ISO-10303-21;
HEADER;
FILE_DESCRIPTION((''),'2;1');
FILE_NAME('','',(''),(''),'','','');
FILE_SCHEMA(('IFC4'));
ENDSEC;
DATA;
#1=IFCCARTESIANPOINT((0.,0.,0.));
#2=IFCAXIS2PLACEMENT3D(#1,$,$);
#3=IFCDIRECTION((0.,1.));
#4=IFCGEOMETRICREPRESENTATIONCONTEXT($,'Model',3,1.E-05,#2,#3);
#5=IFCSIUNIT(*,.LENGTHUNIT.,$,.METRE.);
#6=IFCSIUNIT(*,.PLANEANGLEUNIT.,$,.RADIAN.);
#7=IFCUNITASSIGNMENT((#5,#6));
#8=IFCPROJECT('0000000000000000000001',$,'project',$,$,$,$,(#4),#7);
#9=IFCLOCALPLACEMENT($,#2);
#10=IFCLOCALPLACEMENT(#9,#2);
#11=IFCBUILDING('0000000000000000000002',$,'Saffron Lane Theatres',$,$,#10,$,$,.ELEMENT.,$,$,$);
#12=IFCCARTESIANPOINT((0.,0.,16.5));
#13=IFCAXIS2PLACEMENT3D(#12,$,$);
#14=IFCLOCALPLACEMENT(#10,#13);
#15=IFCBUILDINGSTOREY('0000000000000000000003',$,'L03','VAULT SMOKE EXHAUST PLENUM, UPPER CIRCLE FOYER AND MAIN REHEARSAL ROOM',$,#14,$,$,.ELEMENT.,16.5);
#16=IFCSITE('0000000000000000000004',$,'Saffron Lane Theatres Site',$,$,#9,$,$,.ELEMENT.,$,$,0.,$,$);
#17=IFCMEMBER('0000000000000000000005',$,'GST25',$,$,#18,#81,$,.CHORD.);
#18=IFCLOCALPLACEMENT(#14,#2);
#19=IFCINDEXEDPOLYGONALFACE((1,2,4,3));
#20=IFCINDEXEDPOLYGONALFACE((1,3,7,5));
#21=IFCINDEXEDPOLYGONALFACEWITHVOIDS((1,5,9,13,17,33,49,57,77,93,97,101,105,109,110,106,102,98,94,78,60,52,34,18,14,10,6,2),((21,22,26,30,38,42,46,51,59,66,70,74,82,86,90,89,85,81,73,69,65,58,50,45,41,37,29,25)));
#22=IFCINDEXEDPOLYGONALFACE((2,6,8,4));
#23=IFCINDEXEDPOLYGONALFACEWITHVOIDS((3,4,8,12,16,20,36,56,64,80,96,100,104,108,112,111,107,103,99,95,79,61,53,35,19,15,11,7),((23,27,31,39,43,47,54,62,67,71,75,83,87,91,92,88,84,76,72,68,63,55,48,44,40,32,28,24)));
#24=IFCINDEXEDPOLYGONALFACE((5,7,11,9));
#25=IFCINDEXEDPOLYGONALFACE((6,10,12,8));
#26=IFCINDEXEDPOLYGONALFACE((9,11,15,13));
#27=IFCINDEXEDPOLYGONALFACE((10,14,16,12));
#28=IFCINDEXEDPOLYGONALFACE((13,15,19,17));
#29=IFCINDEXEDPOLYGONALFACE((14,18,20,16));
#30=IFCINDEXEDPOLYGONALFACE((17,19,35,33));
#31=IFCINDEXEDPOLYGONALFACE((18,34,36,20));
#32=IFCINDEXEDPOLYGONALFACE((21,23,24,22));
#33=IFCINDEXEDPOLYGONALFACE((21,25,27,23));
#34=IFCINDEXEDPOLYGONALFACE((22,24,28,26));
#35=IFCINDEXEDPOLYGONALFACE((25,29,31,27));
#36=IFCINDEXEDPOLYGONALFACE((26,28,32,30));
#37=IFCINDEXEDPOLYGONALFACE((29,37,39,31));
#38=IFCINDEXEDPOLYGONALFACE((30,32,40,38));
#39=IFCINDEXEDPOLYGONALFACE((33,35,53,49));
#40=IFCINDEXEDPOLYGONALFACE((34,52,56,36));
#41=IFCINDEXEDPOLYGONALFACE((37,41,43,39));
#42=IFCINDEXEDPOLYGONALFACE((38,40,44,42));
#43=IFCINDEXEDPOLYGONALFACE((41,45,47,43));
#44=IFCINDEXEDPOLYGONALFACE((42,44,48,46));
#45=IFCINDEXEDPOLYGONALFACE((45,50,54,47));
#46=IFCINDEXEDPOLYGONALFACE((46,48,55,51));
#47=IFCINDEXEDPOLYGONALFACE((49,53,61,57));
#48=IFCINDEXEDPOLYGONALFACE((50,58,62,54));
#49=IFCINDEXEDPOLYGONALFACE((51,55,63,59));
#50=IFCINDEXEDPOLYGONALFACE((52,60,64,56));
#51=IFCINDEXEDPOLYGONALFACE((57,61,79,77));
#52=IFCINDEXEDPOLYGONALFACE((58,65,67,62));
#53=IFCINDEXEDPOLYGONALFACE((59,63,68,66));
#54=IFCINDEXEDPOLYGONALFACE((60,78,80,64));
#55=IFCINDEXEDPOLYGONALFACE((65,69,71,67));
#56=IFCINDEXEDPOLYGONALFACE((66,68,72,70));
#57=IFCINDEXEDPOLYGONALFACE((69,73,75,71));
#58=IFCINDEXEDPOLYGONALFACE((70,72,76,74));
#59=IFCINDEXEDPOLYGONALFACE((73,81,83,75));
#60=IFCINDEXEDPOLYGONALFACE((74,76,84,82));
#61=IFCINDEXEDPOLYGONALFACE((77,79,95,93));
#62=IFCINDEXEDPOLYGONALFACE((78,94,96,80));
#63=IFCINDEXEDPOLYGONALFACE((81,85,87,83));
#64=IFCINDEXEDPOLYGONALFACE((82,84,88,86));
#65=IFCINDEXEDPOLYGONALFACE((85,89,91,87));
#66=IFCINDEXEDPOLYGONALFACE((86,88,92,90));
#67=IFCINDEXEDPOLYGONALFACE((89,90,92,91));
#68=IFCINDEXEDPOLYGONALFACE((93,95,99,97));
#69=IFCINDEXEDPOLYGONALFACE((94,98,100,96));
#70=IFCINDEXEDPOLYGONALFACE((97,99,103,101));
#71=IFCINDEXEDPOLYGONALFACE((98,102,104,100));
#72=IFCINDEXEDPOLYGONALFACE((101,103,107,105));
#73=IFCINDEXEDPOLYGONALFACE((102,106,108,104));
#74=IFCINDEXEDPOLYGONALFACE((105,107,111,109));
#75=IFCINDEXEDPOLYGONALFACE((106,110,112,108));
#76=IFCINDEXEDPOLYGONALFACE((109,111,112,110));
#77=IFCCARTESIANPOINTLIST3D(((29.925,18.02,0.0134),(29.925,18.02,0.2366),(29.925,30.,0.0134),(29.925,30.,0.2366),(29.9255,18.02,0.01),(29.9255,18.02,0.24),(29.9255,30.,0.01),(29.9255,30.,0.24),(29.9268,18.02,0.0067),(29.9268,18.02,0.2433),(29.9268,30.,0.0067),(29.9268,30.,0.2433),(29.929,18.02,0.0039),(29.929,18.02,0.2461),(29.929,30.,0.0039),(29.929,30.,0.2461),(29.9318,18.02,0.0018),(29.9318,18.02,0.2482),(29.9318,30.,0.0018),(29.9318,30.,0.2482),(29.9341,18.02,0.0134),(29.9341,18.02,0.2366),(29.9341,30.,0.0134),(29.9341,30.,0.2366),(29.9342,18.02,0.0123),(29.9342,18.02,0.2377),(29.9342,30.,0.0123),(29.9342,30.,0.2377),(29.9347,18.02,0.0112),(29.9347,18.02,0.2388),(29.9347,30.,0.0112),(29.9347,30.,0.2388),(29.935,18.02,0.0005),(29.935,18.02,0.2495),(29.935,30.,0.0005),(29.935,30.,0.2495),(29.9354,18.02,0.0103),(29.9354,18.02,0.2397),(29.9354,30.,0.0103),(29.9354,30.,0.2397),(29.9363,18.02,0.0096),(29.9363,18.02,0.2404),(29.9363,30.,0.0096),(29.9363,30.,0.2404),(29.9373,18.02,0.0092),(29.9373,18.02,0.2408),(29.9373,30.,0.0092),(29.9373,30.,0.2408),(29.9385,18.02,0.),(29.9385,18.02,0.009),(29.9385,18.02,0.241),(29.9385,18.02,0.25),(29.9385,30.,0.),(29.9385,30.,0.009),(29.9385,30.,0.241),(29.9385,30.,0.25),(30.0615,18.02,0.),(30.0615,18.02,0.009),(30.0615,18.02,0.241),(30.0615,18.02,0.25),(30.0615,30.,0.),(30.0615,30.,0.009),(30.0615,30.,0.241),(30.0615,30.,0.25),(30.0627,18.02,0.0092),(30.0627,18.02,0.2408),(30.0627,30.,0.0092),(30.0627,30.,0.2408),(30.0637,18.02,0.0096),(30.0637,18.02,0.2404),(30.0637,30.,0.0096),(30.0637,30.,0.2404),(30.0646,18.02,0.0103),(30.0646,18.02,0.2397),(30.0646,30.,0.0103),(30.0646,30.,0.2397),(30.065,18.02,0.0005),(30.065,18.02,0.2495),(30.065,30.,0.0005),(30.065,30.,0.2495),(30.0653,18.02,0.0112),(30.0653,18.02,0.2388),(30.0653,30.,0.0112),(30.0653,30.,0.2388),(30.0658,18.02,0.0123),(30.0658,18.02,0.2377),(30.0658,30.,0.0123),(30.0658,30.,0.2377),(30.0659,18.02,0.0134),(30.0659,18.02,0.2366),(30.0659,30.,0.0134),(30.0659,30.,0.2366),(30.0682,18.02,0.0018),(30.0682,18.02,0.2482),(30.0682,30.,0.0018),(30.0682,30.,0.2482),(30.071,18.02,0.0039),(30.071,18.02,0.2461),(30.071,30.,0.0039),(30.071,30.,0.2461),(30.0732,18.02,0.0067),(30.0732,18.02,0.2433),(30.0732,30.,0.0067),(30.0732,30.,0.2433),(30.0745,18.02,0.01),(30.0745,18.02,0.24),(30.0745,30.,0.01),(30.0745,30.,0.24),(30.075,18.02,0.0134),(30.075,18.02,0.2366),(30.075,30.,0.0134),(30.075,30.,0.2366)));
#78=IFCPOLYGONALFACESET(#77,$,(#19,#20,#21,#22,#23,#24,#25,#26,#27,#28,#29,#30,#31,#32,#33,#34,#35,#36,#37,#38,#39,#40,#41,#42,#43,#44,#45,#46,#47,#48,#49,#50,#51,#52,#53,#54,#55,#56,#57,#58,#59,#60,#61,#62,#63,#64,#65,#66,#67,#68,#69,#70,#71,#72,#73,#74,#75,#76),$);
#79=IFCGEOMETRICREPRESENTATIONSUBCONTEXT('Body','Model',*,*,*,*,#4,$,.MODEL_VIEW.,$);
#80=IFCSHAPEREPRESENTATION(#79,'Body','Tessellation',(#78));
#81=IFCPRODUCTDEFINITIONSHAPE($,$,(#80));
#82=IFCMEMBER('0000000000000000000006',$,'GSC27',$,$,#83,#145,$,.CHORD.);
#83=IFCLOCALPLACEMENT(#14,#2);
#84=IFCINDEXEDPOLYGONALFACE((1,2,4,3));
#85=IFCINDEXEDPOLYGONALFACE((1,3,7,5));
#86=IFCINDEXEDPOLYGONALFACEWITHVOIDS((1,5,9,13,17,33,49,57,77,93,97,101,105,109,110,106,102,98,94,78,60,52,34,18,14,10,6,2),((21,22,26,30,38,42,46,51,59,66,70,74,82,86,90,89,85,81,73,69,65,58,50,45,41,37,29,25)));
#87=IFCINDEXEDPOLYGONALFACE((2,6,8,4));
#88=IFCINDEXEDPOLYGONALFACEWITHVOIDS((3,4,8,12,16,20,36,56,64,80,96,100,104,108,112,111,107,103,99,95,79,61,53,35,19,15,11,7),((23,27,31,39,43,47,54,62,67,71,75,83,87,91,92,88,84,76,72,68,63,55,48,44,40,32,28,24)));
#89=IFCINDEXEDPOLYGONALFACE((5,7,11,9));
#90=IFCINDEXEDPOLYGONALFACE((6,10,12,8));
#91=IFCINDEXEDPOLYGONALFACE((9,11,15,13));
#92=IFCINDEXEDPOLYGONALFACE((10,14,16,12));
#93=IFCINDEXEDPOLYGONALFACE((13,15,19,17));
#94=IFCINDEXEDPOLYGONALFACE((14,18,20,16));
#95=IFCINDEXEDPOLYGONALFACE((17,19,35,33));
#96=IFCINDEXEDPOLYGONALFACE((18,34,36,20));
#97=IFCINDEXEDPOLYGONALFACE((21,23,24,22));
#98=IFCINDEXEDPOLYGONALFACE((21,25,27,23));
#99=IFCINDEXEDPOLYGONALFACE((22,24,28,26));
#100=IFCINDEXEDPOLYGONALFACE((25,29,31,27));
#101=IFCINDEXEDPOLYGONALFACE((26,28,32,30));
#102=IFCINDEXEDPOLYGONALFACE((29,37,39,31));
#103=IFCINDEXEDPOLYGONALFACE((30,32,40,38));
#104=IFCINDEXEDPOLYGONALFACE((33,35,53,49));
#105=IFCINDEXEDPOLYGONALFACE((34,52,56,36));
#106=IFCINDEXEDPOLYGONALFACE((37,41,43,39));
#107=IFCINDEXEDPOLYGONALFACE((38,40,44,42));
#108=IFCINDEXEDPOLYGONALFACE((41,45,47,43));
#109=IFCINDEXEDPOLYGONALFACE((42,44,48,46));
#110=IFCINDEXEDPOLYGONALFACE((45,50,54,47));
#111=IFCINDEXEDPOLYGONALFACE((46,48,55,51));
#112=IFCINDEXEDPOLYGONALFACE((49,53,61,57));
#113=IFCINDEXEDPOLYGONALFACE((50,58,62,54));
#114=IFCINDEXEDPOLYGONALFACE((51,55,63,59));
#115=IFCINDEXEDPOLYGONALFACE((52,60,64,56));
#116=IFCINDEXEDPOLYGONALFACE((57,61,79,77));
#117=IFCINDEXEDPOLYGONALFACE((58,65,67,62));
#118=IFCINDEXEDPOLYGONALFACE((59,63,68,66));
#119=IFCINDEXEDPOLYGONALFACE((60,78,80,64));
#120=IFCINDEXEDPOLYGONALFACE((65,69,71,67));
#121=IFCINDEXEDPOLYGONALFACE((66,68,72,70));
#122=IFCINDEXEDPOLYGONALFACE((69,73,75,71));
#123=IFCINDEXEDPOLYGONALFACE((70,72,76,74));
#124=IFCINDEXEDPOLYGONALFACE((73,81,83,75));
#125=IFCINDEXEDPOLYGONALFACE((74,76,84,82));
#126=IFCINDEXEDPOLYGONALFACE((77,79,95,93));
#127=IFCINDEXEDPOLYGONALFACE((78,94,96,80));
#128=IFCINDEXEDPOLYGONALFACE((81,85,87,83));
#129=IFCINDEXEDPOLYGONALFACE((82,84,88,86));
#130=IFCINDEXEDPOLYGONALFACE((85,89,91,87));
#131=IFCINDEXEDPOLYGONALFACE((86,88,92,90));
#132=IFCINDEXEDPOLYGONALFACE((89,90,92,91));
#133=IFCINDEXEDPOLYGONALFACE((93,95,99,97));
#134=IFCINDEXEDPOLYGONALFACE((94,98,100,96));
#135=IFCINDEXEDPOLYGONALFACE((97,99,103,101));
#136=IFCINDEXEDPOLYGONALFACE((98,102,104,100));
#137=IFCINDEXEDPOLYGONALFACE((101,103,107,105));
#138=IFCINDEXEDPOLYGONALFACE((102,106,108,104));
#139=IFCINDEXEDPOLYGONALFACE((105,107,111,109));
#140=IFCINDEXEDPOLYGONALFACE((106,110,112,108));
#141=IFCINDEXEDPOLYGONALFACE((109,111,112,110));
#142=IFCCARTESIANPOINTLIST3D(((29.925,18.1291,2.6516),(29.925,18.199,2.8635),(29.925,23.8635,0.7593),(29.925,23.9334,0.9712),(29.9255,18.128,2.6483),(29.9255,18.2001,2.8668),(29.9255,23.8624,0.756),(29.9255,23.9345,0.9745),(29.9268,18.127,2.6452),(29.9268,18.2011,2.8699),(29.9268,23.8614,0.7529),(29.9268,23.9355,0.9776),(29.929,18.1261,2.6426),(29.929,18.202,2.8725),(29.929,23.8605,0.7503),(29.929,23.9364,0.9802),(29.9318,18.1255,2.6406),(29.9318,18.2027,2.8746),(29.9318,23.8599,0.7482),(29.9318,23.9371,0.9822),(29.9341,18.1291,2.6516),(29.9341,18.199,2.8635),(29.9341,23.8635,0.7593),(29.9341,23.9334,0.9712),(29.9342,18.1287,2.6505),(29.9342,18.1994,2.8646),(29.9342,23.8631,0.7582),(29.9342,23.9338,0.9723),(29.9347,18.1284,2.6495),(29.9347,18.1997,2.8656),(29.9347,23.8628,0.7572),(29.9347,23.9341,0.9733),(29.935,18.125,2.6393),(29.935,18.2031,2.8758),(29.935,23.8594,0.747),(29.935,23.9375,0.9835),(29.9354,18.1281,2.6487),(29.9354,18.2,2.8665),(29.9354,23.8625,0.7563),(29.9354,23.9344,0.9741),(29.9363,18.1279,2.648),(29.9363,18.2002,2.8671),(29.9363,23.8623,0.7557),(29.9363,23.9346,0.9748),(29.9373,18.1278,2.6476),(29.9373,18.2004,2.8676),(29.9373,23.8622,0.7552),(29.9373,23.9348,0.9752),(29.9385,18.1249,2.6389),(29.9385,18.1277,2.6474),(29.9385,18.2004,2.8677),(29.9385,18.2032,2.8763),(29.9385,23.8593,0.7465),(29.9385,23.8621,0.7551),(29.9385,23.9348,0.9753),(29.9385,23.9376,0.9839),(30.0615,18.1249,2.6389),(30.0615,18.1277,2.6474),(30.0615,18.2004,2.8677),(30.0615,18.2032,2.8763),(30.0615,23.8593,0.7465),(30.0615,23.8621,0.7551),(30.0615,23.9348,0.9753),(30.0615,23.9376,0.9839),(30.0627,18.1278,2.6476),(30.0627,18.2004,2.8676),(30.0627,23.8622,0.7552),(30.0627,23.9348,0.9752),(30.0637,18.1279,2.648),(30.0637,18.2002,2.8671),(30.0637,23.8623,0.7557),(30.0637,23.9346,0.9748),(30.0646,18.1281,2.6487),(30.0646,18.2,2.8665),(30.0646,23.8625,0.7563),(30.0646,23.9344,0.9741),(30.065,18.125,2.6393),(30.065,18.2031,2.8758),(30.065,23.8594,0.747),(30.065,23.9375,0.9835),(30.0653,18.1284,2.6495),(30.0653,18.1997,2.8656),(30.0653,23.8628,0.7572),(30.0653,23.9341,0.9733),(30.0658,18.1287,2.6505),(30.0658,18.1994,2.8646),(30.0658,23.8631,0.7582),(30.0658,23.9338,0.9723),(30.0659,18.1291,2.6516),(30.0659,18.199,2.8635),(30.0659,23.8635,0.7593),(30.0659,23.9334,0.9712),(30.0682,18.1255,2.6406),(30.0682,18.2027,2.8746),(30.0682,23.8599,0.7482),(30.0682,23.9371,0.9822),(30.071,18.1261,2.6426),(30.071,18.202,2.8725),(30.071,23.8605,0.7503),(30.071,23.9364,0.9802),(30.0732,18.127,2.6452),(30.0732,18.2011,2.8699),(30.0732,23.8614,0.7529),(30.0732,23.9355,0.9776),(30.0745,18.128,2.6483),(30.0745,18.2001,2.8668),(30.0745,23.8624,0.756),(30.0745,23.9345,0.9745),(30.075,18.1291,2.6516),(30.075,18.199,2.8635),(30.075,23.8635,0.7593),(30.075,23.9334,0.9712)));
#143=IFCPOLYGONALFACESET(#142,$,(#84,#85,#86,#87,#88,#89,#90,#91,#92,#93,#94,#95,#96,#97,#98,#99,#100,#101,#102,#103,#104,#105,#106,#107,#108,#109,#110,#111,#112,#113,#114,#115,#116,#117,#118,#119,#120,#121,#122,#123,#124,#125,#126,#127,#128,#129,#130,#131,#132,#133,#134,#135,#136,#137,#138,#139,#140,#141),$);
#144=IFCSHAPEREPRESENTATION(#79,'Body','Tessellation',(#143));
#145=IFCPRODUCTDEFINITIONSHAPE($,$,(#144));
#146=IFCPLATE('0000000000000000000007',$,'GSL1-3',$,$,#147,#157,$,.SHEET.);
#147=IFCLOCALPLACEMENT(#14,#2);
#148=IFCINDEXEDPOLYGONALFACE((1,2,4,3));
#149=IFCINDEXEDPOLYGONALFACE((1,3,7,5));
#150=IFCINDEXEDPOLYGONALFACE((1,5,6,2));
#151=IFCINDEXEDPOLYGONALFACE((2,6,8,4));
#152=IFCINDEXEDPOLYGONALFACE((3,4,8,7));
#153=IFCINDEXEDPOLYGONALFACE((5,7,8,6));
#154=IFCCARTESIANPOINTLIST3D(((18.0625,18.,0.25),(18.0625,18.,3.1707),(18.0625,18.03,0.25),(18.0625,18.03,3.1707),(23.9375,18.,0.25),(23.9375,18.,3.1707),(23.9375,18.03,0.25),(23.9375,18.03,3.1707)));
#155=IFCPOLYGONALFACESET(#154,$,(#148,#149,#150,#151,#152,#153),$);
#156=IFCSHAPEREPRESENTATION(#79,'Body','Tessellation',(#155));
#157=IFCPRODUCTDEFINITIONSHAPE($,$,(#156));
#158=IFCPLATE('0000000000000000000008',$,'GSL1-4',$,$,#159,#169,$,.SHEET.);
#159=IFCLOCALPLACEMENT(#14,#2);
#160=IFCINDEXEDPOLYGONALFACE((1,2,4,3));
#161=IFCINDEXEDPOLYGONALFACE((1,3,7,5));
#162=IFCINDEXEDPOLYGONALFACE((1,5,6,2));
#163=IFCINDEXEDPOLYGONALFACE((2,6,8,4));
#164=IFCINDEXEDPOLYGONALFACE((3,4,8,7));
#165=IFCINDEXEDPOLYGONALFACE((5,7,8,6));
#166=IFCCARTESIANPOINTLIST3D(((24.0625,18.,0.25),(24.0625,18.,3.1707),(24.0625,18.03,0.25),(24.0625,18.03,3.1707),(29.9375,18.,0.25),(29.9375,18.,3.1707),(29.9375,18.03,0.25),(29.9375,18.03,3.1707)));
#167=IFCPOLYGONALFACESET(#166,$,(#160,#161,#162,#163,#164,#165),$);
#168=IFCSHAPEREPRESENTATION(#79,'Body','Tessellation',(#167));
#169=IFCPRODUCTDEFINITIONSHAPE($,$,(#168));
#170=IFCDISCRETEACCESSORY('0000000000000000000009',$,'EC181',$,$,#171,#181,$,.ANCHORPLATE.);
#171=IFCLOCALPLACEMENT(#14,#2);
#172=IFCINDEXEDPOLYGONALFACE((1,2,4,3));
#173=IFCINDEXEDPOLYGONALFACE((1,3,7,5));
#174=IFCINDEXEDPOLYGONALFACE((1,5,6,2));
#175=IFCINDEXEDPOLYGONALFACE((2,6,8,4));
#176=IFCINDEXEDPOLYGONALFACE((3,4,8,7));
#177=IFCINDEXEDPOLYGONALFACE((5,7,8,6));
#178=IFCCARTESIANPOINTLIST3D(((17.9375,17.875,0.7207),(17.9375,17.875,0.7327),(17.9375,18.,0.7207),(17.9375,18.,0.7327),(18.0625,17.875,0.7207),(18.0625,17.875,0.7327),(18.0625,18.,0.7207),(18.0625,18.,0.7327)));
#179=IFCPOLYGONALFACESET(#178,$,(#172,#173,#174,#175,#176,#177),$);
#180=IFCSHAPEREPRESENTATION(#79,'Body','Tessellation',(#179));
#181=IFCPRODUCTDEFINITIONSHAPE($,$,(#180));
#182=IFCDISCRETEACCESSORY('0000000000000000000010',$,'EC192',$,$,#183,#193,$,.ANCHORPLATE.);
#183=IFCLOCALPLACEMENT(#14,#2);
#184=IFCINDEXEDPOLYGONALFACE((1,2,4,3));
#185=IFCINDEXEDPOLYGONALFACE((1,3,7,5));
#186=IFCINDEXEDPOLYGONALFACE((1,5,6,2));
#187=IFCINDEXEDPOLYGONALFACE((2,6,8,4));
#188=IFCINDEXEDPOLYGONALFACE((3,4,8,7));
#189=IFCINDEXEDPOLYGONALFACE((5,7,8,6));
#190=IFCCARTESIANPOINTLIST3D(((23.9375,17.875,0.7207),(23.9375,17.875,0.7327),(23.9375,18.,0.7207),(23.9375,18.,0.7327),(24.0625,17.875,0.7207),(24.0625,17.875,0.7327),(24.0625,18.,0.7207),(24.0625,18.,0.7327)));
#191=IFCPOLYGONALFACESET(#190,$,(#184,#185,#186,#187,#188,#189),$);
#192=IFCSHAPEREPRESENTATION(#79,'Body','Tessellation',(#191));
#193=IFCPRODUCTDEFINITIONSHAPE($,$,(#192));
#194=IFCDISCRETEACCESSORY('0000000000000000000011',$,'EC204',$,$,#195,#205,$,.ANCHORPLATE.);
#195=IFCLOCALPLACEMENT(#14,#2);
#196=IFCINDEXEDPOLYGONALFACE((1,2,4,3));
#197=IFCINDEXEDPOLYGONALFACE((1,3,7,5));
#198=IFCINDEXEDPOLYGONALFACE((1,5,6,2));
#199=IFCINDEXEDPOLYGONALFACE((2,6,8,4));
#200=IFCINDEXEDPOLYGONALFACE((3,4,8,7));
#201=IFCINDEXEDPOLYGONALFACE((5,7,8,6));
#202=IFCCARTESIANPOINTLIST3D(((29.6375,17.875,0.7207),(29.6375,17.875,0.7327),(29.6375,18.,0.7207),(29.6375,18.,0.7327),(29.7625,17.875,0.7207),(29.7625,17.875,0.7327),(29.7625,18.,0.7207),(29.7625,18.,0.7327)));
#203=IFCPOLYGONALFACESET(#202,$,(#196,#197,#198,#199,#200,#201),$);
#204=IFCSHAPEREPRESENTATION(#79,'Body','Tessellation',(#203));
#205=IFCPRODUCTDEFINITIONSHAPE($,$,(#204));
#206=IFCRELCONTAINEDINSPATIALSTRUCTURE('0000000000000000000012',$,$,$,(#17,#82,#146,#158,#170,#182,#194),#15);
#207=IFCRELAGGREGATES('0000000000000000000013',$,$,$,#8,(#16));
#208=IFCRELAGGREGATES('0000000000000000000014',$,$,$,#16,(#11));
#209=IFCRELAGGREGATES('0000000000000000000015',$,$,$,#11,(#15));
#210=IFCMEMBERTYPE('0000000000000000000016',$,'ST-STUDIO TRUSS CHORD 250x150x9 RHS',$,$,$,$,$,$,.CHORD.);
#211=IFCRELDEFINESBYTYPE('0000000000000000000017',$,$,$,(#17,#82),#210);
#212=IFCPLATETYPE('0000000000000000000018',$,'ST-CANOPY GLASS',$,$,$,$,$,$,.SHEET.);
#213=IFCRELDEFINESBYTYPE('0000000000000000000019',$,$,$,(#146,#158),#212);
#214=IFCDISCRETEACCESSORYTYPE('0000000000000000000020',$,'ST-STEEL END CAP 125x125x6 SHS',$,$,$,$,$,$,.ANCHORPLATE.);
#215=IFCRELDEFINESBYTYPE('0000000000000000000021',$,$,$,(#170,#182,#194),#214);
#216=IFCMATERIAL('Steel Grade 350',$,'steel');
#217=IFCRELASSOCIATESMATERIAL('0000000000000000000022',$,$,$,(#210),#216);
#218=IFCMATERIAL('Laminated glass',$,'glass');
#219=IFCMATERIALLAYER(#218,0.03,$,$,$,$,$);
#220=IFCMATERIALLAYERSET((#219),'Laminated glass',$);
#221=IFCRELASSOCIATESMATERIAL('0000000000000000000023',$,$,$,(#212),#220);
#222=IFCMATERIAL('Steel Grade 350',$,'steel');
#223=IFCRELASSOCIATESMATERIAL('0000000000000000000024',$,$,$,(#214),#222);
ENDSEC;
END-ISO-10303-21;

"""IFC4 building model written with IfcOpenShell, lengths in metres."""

from ifc_helpers import new_model, si_unit, direction, frame, origin, origin_2d, place, context, subcontext, project, spatial, polyline, rectangle, hollow_rectangle, outline, extrude, material, layer, layer_set, material_profile, profile_set, type_object, element, save


model = new_model("IFC4")

# Units and contexts
model_context = context("Model", 3, precision=1e-05, world=origin(), true_north=direction((0.0, 1.0)))
body_context = subcontext(model_context, "Body", "Model", "MODEL_VIEW")
ifc_project = project(units=[si_unit("LENGTHUNIT", "METRE"), si_unit("PLANEANGLEUNIT", "RADIAN")], contexts=[model_context])

# Site, building, storey
site_placement = place(None, origin())
site = spatial("IfcSite", under=ifc_project, at=site_placement, Name="Saffron Lane Theatres Site", CompositionType="ELEMENT", RefElevation=0.0)
building_placement = place(site_placement, origin())
building = spatial("IfcBuilding", under=site, at=building_placement, Name="Saffron Lane Theatres", CompositionType="ELEMENT")
storey_placement = place(building_placement, frame((0.0, 0.0, 16.5)))
storey = spatial("IfcBuildingStorey", under=building, at=storey_placement, Name="L03", Description="VAULT SMOKE EXHAUST PLENUM, UPPER CIRCLE FOYER AND MAIN REHEARSAL ROOM", CompositionType="ELEMENT", Elevation=16.5)

# Members
ifc_material_1 = material(Name="Steel Grade 350", Category="steel")
ifc_material_profile_1 = material_profile(ifc_material_1, hollow_rectangle(XDim=0.1499, YDim=0.25, WallThickness=0.009, InnerFilletRadius=0.0044, OuterFilletRadius=0.0134, at=origin_2d()))
ifc_profile_set_1 = profile_set([ifc_material_profile_1], Name="Steel Grade 350")
member_type_1 = type_object("IfcMemberType", Name="ST-STUDIO TRUSS CHORD 250x150x9 RHS", PredefinedType="CHORD", material=ifc_profile_set_1)
member_1_placement = place(storey_placement, frame((30.0, 18.02, 0.125), z_axis=(0.0, 1.0, 0.0), x_axis=(-1.0, 0.0, 0.0)))
element("IfcMember", 1, at=member_1_placement, inside=storey, type_object=member_type_1, Name="GST25", PredefinedType="CHORD", context=body_context, shape_type="SweptSolid", body=[
    extrude(hollow_rectangle(XDim=0.1499, YDim=0.25, WallThickness=0.009, InnerFilletRadius=0.0044, OuterFilletRadius=0.0134, at=origin_2d()), origin(), (0.0, 0.0, 1.0), 11.98),
])
member_2_placement = place(storey_placement, frame((30.0, 18.1641, 2.7576), z_axis=(0.0, 0.949629, -0.313376), x_axis=(-1.0, 0.0, 0.0)))
element("IfcMember", 2, at=member_2_placement, inside=storey, type_object=member_type_1, Name="GSC27", PredefinedType="CHORD", context=body_context, shape_type="SweptSolid", body=[
    extrude(hollow_rectangle(XDim=0.1499, YDim=0.25, WallThickness=0.009, InnerFilletRadius=0.0044, OuterFilletRadius=0.0134, at=origin_2d()), origin(), (0.0, 0.0, 1.0), 6.0386),
])

# Plates
ifc_material_2 = material(Name="Laminated glass", Category="glass")
ifc_layer = layer(ifc_material_2, 0.03)
ifc_layer_set = layer_set([ifc_layer], Name="Laminated glass")
plate_type = type_object("IfcPlateType", Name="ST-CANOPY GLASS", PredefinedType="SHEET", material=ifc_layer_set)
for number, where, z_axis, x_axis, name in (
    (3, (23.9375, 18.0, 0.25), (0.0, -1.0, 0.0), (0.0, 0.0, 1.0), "GSL1-3"),
    (4, (29.9375, 18.0, 0.25), (0.0, -1.0, 0.0), (0.0, 0.0, 1.0), "GSL1-4"),
):
    element("IfcPlate", number, at=place(storey_placement, frame(where, z_axis=z_axis, x_axis=x_axis)), inside=storey, type_object=plate_type, Name=name, PredefinedType="SHEET", context=body_context, shape_type="SweptSolid", body=[
        extrude(outline(polyline([(0.0, 0.0), (2.9207, 0.0), (2.9207, 5.875), (0.0, 5.875), (0.0, 0.0)])), origin(), (0.0, 0.0, -1.0), 0.03),
    ])

# Discrete accessories
ifc_material_3 = material(Name="Steel Grade 350", Category="steel")
ifc_material_profile_2 = material_profile(ifc_material_3, rectangle(XDim=0.125, YDim=0.125, at=origin_2d()))
ifc_profile_set_2 = profile_set([ifc_material_profile_2], Name="Steel Grade 350")
discrete_accessory_type_1 = type_object("IfcDiscreteAccessoryType", Name="ST-STEEL END CAP 125x125x6 SHS", PredefinedType="ANCHORPLATE", material=ifc_profile_set_2)
for number, where, z_axis, x_axis, name in (
    (5, (18.0, 17.9375, 0.7207), (0.0, 0.0, 1.0), (1.0, 0.0, 0.0), "EC181"),
    (6, (24.0, 17.9375, 0.7207), (0.0, 0.0, 1.0), (1.0, 0.0, 0.0), "EC192"),
    (7, (29.7, 17.9375, 0.7207), (0.0, 0.0, 1.0), (1.0, 0.0, 0.0), "EC204"),
):
    element("IfcDiscreteAccessory", number, at=place(storey_placement, frame(where, z_axis=z_axis, x_axis=x_axis)), inside=storey, type_object=discrete_accessory_type_1, Name=name, PredefinedType="ANCHORPLATE", context=body_context, shape_type="SweptSolid", body=[
        extrude(rectangle(XDim=0.125, YDim=0.125, at=origin_2d()), origin(), (0.0, 0.0, 1.0), 0.012),
    ])

save(model, "model.ifc")
